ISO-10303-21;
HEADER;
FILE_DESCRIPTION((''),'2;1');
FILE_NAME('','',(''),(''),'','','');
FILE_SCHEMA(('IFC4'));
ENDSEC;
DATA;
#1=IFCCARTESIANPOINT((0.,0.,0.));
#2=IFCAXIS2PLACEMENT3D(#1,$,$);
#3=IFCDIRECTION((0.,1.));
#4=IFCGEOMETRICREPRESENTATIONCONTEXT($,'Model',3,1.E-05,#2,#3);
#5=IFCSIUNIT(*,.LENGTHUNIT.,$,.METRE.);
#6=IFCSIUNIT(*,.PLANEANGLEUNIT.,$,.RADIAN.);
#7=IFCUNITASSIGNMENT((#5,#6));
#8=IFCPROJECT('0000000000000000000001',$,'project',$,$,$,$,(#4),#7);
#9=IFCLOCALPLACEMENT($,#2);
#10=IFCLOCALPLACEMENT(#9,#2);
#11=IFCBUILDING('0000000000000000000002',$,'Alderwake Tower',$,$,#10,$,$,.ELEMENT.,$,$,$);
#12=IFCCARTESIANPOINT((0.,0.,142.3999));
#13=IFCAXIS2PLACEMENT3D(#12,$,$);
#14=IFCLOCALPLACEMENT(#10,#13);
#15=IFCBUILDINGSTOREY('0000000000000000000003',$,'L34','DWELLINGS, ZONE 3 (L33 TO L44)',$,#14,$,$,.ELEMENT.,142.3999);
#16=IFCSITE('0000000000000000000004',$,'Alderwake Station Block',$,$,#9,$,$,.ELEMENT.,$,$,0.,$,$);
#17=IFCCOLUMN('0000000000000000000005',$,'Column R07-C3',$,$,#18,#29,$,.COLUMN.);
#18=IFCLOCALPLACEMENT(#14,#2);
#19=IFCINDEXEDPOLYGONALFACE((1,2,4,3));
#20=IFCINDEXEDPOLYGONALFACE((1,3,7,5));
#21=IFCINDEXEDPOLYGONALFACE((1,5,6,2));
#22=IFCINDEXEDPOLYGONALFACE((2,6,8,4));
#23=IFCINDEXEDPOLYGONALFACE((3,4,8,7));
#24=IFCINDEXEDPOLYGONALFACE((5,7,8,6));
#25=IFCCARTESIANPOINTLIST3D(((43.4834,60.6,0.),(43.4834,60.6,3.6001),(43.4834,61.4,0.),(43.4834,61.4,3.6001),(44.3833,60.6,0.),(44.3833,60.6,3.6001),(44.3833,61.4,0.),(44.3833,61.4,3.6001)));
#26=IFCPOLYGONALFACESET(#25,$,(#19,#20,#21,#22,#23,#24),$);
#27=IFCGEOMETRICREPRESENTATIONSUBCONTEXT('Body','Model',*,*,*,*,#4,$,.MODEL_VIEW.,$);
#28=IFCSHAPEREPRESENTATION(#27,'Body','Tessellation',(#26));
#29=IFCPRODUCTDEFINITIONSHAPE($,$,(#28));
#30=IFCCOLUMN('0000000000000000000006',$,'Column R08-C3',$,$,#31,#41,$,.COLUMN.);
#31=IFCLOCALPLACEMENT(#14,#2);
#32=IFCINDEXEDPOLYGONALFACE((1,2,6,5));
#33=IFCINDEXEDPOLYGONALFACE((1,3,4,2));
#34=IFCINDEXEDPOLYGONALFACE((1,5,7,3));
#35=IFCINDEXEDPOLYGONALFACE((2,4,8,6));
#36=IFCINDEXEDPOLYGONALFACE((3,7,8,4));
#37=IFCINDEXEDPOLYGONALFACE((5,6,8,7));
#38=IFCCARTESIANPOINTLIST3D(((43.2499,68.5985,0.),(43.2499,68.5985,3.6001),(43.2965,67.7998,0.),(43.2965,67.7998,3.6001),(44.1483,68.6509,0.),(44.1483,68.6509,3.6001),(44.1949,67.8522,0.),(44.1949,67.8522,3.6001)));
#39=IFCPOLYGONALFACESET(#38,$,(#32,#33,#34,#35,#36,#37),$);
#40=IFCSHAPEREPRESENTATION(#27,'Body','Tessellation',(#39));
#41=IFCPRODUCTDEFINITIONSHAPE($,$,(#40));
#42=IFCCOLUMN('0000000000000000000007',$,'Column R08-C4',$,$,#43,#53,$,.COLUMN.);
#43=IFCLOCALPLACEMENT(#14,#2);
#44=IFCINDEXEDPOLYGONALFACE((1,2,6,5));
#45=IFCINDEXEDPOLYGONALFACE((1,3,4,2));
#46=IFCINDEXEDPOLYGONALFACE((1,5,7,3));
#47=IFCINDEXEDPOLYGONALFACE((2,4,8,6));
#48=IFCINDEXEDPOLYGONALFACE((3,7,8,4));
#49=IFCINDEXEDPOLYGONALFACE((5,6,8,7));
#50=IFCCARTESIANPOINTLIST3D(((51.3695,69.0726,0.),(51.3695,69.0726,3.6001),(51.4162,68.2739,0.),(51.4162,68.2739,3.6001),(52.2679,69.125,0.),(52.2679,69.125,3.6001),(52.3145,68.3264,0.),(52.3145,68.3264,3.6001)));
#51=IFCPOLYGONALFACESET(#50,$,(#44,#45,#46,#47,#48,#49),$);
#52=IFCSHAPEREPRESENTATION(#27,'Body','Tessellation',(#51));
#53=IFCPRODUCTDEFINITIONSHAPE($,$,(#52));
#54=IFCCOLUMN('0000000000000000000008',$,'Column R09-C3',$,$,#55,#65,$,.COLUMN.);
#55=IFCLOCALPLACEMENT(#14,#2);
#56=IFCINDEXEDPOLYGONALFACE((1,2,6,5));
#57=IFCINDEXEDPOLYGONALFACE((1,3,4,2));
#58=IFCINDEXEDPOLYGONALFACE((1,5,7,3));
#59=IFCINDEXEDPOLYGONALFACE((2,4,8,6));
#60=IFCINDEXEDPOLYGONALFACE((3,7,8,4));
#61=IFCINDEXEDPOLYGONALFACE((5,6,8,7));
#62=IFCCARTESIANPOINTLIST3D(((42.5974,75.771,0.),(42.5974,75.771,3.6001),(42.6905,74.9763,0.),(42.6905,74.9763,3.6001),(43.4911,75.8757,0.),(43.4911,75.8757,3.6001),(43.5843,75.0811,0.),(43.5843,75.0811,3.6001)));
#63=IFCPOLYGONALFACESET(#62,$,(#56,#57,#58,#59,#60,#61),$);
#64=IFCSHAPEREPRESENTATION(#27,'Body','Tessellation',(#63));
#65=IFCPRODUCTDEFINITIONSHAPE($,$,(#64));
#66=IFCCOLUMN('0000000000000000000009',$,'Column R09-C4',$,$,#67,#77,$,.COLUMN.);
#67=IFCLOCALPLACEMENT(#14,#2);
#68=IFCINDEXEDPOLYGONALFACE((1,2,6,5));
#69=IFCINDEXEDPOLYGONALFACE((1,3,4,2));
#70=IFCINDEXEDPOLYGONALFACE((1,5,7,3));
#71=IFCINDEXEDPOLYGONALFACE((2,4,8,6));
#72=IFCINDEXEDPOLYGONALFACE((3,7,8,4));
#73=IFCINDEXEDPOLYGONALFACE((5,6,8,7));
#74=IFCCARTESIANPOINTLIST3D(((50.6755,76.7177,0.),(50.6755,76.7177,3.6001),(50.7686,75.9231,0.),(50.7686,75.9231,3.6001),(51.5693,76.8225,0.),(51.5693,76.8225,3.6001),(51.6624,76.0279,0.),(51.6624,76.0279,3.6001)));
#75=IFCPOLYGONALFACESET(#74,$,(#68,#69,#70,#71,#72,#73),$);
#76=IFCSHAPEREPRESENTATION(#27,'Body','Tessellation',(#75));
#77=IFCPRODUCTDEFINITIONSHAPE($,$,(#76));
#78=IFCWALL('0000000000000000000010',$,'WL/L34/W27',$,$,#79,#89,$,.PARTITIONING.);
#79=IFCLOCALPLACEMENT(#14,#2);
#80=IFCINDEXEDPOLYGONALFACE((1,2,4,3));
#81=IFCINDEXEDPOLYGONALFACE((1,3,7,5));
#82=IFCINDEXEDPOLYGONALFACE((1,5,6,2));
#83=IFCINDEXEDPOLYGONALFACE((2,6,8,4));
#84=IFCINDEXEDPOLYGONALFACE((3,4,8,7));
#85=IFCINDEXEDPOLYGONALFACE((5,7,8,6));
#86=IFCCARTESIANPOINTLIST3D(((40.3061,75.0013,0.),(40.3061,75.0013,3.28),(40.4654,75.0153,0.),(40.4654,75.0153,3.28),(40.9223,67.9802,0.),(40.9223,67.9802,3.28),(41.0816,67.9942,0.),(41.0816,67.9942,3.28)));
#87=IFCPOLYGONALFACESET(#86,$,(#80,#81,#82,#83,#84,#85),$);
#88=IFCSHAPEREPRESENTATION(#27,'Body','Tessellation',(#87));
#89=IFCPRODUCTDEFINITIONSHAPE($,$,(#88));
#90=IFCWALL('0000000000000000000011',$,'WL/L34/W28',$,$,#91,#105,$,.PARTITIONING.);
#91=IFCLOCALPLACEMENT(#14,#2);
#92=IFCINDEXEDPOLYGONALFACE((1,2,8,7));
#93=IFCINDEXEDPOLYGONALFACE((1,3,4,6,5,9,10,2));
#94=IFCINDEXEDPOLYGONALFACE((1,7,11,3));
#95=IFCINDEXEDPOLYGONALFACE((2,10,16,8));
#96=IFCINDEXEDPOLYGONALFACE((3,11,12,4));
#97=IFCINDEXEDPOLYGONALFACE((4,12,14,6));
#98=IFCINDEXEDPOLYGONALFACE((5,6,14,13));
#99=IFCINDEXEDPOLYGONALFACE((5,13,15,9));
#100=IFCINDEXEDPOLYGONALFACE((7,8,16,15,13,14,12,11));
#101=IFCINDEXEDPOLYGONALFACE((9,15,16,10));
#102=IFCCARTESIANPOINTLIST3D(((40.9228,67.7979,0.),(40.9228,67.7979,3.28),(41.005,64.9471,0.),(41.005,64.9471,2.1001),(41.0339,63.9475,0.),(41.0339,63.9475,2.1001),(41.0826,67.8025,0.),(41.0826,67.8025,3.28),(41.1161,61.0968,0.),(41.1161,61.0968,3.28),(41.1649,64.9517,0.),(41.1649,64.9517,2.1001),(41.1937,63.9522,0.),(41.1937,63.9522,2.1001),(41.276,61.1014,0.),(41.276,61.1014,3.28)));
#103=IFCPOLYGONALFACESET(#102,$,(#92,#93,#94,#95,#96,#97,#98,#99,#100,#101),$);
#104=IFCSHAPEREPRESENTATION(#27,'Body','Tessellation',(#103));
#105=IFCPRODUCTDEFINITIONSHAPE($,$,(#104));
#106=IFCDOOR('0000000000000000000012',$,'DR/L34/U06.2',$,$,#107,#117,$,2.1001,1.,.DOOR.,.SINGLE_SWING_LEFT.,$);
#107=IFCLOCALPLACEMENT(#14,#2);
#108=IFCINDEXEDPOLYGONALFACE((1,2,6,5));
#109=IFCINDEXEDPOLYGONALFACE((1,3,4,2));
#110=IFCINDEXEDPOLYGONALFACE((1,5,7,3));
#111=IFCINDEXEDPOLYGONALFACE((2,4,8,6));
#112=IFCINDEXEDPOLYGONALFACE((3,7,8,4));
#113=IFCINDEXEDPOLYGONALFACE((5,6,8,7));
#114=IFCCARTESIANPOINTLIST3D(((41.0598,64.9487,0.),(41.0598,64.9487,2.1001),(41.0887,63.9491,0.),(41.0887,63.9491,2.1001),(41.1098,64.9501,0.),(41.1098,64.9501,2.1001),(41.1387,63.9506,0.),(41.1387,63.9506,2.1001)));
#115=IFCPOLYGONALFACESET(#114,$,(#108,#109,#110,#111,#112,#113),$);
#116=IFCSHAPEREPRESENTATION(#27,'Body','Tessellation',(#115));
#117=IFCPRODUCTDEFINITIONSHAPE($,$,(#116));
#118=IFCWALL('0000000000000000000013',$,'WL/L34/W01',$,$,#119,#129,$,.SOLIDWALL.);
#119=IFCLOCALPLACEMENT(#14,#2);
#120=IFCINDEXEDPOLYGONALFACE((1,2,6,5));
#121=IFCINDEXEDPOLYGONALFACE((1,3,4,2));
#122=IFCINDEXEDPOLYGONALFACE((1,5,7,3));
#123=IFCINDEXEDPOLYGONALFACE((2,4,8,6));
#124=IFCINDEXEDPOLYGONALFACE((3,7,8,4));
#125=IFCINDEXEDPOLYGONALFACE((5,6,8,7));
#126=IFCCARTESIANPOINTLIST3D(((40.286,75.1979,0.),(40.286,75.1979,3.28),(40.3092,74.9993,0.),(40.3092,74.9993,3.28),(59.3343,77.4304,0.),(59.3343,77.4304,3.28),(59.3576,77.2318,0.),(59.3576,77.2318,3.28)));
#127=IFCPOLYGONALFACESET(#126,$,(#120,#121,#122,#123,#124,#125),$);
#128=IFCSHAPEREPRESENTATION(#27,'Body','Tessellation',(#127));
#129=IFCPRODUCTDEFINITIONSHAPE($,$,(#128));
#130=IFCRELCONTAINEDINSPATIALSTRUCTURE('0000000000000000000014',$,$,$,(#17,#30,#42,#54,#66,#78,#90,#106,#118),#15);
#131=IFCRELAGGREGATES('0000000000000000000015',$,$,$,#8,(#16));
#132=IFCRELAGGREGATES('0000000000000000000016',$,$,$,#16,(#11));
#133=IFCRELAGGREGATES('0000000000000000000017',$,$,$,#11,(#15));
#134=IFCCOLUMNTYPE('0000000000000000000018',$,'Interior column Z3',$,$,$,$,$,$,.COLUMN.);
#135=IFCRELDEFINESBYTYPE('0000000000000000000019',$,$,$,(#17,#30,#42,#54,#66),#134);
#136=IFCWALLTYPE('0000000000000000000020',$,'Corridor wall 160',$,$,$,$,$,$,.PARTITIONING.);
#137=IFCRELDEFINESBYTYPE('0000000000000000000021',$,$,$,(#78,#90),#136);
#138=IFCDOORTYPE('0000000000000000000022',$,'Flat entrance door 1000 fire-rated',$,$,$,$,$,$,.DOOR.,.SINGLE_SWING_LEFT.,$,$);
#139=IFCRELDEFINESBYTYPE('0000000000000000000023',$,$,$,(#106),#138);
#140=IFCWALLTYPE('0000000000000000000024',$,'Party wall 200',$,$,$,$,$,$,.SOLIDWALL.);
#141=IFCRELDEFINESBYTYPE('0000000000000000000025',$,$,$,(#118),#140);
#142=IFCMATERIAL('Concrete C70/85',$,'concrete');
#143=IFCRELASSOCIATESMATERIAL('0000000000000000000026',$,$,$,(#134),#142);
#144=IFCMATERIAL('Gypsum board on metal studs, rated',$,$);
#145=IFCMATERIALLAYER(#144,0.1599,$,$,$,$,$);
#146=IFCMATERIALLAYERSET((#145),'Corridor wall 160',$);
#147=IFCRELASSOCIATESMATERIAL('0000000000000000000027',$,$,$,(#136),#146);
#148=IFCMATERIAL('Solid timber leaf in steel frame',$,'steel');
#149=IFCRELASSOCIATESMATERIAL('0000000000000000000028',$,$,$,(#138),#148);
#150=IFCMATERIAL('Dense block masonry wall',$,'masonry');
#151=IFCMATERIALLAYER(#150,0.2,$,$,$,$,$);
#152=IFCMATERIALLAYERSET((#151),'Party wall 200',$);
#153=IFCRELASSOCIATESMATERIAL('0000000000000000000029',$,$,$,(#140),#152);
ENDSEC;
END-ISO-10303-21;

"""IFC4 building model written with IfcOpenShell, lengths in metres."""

from ifc_helpers import new_model, si_unit, direction, frame, frame_2d, origin, origin_2d, place, context, subcontext, project, spatial, rectangle, extrude, material, layer, layer_set, material_profile, profile_set, type_object, element, fill, save


model = new_model("IFC4")

# Units and contexts
model_context = context("Model", 3, precision=1e-05, world=origin(), true_north=direction((0.0, 1.0)))
body_context = subcontext(model_context, "Body", "Model", "MODEL_VIEW")
ifc_project = project(units=[si_unit("LENGTHUNIT", "METRE"), si_unit("PLANEANGLEUNIT", "RADIAN")], contexts=[model_context])

# Site, building, storey
site_placement = place(None, origin())
site = spatial("IfcSite", under=ifc_project, at=site_placement, Name="Alderwake Station Block", CompositionType="ELEMENT", RefElevation=0.0)
building_placement = place(site_placement, origin())
building = spatial("IfcBuilding", under=site, at=building_placement, Name="Alderwake Tower", CompositionType="ELEMENT")
storey_placement = place(building_placement, frame((0.0, 0.0, 142.3999)))
storey = spatial("IfcBuildingStorey", under=building, at=storey_placement, Name="L34", Description="DWELLINGS, ZONE 3 (L33 TO L44)", CompositionType="ELEMENT", Elevation=142.3999)

# Columns
ifc_material_1 = material(Name="Concrete C70/85", Category="concrete")
ifc_material_profile = material_profile(ifc_material_1, rectangle(XDim=0.8, YDim=0.8999, at=origin_2d()), Name="RC 900X800")
ifc_profile_set = profile_set([ifc_material_profile], Name="Concrete C70/85")
column_type = type_object("IfcColumnType", Name="Interior column Z3", PredefinedType="COLUMN", material=ifc_profile_set)
for number, where, z_axis, x_axis, name in (
    (1, (43.9333, 61.0, 0.0), (0.0, 0.0, 1.0), (0.0, 1.0, 0.0), "Column R07-C3"),
    (2, (43.7224, 68.2253, 0.0), (0.0, 0.0, 1.0), (-0.058299, 0.998299, 0.0), "Column R08-C3"),
    (3, (51.842, 68.6995, 0.0), (0.0, 0.0, 1.0), (-0.058299, 0.998299, 0.0), "Column R08-C4"),
    (4, (43.0908, 75.426, 0.0), (0.0, 0.0, 1.0), (-0.116402, 0.993202, 0.0), "Column R09-C3"),
    (5, (51.1689, 76.3728, 0.0), (0.0, 0.0, 1.0), (-0.116402, 0.993202, 0.0), "Column R09-C4"),
):
    element("IfcColumn", number, at=place(storey_placement, frame(where, z_axis=z_axis, x_axis=x_axis)), inside=storey, type_object=column_type, Name=name, PredefinedType="COLUMN", context=body_context, shape_type="SweptSolid", body=[
        extrude(rectangle(XDim=0.8, YDim=0.8999, at=origin_2d()), origin(), (0.0, 0.0, 1.0), 3.6001),
    ])

# Wall
ifc_material_2 = material(Name="Gypsum board on metal studs, rated")
ifc_layer_1 = layer(ifc_material_2, 0.1599)
ifc_layer_set_1 = layer_set([ifc_layer_1], Name="Corridor wall 160")
wall_type_1 = type_object("IfcWallType", Name="Corridor wall 160", PredefinedType="PARTITIONING", material=ifc_layer_set_1)
wall_1_placement = place(storey_placement, frame((41.002, 67.9873, 0.0), z_axis=(0.0, 0.0, 1.0), x_axis=(-0.087431, 0.996171, 0.0)))
element("IfcWall", 6, at=wall_1_placement, inside=storey, type_object=wall_type_1, Name="WL/L34/W27", PredefinedType="PARTITIONING", context=body_context, shape_type="SweptSolid", body=[
    extrude(rectangle(XDim=7.0481, YDim=0.1599, at=frame_2d((3.5239, 0.0))), origin(), (0.0, 0.0, 1.0), 3.28),
])

# Wall, opening, door
wall_2_placement = place(storey_placement, frame((41.0027, 67.8003, 0.0), z_axis=(0.0, 0.0, 1.0), x_axis=(0.028843, -0.999584, 0.0)))
wall_2 = element("IfcWall", 7, at=wall_2_placement, inside=storey, type_object=wall_type_1, Name="WL/L34/W28", PredefinedType="PARTITIONING", context=body_context, shape_type="SweptSolid", body=[
    extrude(rectangle(XDim=6.7039, YDim=0.1599, at=frame_2d((3.3521, 0.0))), origin(), (0.0, 0.0, 1.0), 3.28),
])
opening_1_placement = place(wall_2_placement, frame((2.8521, 0.0, 0.0)))
opening_1 = element("IfcOpeningElement", 8, at=opening_1_placement, cuts=wall_2, PredefinedType="OPENING", context=body_context, shape_type="SweptSolid", body=[
    extrude(rectangle(XDim=1.0, YDim=2.1001, at=frame_2d((0.5, 1.05))), frame((0.0, 0.0898, 0.0), z_axis=(0.0, -1.0, 0.0), x_axis=(1.0, 0.0, 0.0)), (0.0, 0.0, 1.0), 0.1799),
])
ifc_material_3 = material(Name="Solid timber leaf in steel frame", Category="steel")
door_type_1 = type_object("IfcDoorType", Name="Flat entrance door 1000 fire-rated", OperationType="SINGLE_SWING_LEFT", PredefinedType="DOOR", material=ifc_material_3)
door_1_placement = place(opening_1_placement, origin())
door_1 = element("IfcDoor", 9, at=door_1_placement, inside=storey, type_object=door_type_1, Name="DR/L34/U06.2", OperationType="SINGLE_SWING_LEFT", OverallHeight=2.1001, OverallWidth=1.0, PredefinedType="DOOR", context=body_context, shape_type="SweptSolid", body=[
    extrude(rectangle(XDim=1.0, YDim=2.1001, at=frame_2d((0.5, 1.05))), frame((0.0, 0.0249, 0.0), z_axis=(0.0, -1.0, 0.0), x_axis=(1.0, 0.0, 0.0)), (0.0, 0.0, 1.0), 0.05),
])
fill(opening_1, door_1)

# Wall
ifc_material_4 = material(Name="Dense block masonry wall", Category="masonry")
ifc_layer_2 = layer(ifc_material_4, 0.2)
ifc_layer_set_2 = layer_set([ifc_layer_2], Name="Party wall 200")
wall_type_2 = type_object("IfcWallType", Name="Party wall 200", PredefinedType="SOLIDWALL", material=ifc_layer_set_2)
wall_3_placement = place(storey_placement, frame((40.2976, 75.0986, 0.0), z_axis=(0.0, 0.0, 1.0), x_axis=(0.993202, 0.116401, 0.0)))
element("IfcWall", 10, at=wall_3_placement, inside=storey, type_object=wall_type_2, Name="WL/L34/W01", PredefinedType="SOLIDWALL", context=body_context, shape_type="SweptSolid", body=[
    extrude(rectangle(XDim=19.1787, YDim=0.2, at=frame_2d((9.5894, 0.0))), origin(), (0.0, 0.0, 1.0), 3.28),
])

save(model, "model.ifc")
